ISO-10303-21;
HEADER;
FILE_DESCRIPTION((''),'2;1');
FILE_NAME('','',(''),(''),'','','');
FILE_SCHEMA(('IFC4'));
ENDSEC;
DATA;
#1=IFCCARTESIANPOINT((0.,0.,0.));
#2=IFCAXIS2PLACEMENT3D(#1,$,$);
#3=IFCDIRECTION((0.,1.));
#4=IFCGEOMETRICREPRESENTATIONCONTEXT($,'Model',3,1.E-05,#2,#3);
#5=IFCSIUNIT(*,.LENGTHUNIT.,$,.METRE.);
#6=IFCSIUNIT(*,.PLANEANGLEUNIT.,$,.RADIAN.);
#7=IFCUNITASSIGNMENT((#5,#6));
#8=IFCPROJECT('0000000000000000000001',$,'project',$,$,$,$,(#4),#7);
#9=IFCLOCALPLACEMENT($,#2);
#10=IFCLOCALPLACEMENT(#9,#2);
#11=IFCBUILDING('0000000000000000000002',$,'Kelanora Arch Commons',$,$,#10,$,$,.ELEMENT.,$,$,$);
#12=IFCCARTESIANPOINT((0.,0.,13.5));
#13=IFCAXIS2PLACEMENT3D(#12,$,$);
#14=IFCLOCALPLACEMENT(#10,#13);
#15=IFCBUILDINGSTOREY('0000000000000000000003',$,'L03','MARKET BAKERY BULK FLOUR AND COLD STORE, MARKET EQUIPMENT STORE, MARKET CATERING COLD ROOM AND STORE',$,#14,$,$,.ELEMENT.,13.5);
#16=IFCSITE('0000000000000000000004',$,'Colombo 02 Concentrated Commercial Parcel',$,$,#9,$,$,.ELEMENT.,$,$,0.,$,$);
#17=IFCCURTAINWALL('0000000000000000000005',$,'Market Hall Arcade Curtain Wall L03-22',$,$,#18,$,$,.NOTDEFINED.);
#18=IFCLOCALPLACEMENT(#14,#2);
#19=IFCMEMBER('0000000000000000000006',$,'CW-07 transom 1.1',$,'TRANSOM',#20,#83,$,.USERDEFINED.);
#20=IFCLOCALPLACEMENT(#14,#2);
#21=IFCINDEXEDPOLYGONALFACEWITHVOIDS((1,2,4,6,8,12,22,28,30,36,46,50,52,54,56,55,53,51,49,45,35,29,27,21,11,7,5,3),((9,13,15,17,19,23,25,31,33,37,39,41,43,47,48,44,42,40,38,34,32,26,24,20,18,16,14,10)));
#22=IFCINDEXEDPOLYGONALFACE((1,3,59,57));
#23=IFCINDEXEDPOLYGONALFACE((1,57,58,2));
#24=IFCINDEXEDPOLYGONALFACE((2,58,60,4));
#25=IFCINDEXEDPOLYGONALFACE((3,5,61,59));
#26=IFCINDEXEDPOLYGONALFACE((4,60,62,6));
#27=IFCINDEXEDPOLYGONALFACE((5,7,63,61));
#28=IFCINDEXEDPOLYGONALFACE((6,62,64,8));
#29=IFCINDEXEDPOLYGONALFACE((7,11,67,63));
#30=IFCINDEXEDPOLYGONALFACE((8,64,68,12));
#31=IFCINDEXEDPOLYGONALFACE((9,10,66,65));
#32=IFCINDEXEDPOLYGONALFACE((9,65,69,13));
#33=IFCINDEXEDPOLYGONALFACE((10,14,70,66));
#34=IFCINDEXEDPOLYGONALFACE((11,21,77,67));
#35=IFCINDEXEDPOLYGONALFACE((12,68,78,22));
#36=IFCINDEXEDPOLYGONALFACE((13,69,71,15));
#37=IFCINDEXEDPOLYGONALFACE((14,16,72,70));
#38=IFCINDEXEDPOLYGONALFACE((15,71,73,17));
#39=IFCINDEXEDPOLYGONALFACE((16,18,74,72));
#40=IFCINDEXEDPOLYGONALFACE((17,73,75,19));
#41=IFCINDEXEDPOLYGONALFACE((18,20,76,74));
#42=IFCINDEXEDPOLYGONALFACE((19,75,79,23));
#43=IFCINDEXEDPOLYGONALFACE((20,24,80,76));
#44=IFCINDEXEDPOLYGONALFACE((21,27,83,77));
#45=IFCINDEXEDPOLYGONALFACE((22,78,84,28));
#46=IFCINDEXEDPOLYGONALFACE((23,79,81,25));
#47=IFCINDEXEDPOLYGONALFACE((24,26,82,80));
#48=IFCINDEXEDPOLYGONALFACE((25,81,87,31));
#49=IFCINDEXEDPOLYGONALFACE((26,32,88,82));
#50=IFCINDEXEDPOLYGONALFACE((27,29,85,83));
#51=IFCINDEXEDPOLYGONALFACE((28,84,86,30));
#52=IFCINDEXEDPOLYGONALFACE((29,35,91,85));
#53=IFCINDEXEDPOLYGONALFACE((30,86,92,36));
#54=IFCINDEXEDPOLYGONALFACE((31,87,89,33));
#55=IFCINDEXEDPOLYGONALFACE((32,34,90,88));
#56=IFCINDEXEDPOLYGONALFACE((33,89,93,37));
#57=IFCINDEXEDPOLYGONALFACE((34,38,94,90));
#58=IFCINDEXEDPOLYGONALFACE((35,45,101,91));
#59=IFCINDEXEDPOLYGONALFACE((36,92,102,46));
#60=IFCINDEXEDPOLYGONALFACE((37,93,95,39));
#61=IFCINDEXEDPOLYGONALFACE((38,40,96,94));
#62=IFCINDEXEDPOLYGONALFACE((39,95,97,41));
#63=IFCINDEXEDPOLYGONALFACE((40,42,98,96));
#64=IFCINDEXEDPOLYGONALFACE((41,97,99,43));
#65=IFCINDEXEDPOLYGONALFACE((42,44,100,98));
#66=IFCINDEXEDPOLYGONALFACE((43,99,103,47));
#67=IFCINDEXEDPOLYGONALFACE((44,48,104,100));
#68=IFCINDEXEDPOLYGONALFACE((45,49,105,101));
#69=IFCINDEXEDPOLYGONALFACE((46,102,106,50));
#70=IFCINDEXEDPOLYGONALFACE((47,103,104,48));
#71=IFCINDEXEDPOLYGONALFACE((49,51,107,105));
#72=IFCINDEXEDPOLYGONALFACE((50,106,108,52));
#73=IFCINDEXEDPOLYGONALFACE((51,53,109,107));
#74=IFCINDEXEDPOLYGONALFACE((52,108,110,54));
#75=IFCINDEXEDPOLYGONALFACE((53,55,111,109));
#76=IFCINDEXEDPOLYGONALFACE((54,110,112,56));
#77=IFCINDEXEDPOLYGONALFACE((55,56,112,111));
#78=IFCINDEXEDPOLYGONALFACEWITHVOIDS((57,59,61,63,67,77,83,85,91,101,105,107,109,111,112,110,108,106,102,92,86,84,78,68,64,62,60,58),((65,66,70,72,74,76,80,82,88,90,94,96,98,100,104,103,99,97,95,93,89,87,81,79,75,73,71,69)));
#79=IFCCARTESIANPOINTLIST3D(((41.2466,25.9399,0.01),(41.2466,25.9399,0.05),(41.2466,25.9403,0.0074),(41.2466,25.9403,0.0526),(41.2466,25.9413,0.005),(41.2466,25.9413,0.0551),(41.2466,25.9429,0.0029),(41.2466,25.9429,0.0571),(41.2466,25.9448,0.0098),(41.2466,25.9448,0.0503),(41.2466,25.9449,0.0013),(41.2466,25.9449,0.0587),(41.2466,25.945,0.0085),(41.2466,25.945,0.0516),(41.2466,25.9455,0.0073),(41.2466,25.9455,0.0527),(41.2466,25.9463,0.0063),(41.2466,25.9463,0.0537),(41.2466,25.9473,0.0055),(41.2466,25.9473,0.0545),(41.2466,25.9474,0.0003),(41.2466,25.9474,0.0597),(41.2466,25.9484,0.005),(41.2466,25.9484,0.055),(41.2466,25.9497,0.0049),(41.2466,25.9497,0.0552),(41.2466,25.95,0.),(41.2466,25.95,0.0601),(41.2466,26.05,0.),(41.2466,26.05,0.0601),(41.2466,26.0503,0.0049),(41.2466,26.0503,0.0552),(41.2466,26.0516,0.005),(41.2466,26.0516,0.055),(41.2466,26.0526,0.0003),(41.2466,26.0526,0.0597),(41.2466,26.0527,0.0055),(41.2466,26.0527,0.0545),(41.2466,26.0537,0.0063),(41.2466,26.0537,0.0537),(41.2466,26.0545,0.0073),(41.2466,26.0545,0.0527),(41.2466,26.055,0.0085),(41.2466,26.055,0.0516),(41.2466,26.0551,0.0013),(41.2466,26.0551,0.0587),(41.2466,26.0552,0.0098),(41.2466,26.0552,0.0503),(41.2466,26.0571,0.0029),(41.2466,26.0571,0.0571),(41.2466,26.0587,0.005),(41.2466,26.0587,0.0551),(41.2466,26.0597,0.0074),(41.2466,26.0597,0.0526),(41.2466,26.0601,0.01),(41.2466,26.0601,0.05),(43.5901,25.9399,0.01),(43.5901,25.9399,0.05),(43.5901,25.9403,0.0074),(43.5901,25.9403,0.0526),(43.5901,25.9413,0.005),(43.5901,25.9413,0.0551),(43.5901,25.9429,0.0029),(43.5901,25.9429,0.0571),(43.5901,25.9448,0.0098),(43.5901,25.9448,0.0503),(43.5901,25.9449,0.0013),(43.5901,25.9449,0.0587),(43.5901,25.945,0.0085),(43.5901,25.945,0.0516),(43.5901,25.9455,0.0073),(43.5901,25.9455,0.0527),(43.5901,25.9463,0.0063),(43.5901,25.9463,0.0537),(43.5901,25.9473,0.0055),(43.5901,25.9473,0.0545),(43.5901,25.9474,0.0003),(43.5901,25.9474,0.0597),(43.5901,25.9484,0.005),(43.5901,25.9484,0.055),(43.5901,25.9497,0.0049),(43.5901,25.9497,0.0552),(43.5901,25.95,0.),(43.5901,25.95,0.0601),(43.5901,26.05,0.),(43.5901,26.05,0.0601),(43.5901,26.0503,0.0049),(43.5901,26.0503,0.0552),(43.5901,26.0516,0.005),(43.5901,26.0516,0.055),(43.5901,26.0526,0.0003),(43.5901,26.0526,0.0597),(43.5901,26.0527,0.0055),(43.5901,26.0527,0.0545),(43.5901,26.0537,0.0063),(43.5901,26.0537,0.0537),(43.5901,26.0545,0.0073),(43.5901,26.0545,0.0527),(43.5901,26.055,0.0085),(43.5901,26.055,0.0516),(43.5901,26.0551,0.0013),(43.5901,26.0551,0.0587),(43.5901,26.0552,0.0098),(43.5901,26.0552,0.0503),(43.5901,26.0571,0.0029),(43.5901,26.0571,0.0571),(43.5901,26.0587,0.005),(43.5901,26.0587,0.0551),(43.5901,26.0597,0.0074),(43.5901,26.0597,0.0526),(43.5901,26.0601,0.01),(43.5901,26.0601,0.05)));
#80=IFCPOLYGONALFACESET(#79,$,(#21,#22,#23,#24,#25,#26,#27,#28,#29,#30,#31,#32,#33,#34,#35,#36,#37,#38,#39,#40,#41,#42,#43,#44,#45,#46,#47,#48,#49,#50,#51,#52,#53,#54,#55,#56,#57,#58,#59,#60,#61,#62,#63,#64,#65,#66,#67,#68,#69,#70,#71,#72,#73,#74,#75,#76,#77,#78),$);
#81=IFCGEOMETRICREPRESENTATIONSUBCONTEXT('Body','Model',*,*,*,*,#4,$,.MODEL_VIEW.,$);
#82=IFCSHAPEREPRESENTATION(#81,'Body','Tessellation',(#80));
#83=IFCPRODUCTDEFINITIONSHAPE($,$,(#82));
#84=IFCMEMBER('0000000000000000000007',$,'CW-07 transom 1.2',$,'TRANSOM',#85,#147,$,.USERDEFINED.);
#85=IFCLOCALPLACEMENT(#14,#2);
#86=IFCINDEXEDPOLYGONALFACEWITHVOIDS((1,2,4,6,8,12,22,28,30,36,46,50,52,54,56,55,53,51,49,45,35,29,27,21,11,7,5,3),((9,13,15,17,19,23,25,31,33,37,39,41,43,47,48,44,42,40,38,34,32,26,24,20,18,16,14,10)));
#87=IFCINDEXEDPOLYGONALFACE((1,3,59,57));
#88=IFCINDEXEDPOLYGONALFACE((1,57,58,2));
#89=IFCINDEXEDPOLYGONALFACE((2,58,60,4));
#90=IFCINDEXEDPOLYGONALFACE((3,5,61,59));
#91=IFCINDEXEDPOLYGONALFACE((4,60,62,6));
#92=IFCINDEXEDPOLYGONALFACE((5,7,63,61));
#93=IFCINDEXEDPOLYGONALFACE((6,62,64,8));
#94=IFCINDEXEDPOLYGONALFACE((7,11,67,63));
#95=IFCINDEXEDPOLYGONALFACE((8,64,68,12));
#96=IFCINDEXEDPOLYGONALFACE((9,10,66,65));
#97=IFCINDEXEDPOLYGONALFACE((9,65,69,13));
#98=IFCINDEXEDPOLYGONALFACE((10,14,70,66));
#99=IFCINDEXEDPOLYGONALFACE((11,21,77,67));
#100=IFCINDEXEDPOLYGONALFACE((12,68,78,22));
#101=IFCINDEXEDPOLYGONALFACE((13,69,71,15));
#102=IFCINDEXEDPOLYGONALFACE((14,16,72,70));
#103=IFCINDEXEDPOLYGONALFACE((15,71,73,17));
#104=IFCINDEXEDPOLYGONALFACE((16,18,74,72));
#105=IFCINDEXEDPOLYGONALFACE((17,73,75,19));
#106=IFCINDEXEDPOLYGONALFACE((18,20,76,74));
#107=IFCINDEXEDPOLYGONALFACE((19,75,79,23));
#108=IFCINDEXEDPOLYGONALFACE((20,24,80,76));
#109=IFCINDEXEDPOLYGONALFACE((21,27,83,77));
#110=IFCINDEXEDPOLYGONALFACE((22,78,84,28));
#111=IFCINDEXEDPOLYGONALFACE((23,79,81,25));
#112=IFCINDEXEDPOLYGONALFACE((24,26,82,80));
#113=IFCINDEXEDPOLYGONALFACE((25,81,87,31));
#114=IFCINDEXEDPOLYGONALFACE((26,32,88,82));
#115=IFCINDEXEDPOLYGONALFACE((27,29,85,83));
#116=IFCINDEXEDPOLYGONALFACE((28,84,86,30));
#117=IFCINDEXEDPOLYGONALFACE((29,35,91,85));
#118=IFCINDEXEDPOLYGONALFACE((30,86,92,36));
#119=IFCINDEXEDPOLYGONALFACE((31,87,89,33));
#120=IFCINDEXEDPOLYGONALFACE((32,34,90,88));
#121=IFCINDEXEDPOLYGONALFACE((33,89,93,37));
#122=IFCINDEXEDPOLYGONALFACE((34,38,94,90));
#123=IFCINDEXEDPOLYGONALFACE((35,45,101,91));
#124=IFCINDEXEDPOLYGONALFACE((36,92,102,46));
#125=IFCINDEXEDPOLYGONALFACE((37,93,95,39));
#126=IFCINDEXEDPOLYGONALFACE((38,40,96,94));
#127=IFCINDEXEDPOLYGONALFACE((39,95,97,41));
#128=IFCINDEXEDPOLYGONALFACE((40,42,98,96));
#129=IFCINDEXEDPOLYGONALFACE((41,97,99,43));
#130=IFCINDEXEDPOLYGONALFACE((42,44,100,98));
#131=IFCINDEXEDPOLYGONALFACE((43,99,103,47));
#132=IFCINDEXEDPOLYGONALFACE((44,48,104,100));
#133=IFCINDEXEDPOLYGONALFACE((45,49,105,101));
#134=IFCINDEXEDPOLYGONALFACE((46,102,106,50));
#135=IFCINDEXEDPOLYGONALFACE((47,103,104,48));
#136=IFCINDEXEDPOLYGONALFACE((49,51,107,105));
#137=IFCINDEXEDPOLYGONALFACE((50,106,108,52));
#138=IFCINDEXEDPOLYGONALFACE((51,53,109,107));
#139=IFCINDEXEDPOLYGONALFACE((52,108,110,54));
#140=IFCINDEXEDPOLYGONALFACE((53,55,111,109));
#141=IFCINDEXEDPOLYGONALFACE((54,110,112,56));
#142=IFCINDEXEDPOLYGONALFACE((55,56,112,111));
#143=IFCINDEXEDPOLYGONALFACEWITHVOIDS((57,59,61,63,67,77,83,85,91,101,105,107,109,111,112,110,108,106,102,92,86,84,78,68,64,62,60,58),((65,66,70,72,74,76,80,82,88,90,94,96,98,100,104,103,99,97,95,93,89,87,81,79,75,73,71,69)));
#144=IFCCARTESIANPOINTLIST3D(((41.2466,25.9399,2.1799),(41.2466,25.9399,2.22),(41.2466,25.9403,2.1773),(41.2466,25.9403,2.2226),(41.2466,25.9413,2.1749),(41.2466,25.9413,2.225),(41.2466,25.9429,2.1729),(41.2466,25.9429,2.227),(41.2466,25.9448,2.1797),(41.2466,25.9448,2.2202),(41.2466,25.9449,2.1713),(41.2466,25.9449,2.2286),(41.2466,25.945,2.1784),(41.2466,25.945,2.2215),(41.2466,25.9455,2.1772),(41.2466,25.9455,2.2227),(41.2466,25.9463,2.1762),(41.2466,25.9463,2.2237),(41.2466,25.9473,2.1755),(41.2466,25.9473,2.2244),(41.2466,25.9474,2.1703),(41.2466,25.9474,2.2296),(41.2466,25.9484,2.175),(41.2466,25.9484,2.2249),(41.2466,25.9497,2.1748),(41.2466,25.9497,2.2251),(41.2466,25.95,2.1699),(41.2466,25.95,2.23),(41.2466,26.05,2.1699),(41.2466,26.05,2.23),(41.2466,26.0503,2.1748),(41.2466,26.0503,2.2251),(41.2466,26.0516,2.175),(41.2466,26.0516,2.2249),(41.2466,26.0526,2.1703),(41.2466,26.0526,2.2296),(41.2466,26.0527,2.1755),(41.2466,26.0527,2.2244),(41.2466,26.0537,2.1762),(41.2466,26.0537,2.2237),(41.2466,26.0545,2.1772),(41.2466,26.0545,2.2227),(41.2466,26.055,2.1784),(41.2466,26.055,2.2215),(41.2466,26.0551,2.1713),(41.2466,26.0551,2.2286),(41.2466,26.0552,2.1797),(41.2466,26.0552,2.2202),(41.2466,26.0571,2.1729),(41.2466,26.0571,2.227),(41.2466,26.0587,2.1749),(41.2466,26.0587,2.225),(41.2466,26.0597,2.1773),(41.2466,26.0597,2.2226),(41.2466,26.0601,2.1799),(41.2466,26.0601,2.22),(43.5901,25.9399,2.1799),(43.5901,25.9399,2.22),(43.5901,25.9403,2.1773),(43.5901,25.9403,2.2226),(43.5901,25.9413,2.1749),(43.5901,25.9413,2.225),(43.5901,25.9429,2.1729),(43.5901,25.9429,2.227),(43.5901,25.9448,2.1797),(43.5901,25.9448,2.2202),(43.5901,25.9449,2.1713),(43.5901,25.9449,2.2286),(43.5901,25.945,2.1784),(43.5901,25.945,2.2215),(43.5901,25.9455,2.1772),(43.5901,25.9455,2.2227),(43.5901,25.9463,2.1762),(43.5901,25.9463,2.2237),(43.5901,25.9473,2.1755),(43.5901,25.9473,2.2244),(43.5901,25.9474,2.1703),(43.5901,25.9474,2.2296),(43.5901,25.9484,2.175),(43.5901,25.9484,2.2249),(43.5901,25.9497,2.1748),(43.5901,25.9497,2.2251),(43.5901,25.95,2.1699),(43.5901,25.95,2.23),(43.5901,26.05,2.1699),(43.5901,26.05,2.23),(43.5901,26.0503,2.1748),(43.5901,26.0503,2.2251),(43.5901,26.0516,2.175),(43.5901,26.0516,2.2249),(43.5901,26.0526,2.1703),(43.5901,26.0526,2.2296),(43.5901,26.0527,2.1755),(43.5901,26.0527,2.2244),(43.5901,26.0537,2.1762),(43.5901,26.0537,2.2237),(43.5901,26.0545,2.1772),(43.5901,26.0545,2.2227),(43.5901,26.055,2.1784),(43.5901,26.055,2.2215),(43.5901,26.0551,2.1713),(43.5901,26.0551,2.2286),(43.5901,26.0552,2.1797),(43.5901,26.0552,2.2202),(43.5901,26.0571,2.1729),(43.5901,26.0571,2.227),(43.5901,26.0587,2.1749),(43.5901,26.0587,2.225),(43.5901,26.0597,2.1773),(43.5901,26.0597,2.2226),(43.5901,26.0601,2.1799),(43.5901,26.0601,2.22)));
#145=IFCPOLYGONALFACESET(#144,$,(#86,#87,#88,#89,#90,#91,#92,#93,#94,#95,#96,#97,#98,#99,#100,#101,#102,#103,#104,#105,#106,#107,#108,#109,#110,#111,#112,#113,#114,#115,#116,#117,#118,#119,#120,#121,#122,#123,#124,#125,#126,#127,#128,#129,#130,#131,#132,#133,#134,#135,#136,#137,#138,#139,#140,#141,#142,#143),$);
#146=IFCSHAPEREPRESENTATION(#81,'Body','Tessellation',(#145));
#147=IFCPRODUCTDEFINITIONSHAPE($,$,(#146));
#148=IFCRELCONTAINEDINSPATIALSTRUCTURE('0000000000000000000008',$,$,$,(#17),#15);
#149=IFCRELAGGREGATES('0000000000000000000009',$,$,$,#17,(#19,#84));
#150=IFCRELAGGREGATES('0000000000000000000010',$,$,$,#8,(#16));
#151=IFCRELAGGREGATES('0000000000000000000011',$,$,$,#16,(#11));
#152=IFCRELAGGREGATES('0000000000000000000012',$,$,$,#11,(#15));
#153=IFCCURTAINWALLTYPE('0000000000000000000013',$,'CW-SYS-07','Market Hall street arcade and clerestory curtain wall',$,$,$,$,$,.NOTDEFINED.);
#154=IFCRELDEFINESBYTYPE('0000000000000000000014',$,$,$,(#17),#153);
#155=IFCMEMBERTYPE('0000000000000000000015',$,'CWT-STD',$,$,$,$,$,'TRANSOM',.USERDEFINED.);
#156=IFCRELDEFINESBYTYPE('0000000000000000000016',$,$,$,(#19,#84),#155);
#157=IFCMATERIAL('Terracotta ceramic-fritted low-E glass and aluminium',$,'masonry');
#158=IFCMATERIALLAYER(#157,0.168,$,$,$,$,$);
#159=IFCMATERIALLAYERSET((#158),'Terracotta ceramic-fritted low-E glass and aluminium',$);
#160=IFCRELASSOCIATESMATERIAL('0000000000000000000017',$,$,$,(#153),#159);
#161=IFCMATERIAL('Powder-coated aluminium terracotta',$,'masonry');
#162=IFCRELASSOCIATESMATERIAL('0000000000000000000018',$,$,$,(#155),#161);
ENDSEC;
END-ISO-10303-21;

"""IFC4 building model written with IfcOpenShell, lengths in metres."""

from ifc_helpers import new_model, si_unit, direction, frame, origin, origin_2d, place, context, subcontext, project, spatial, hollow_rectangle, extrude, material, layer, layer_set, material_profile, profile_set, type_object, element, aggregate, save


model = new_model("IFC4")

# Units and contexts
model_context = context("Model", 3, precision=1e-05, world=origin(), true_north=direction((0.0, 1.0)))
body_context = subcontext(model_context, "Body", "Model", "MODEL_VIEW")
ifc_project = project(units=[si_unit("LENGTHUNIT", "METRE"), si_unit("PLANEANGLEUNIT", "RADIAN")], contexts=[model_context])

# Site, building, storey
site_placement = place(None, origin())
site = spatial("IfcSite", under=ifc_project, at=site_placement, Name="Colombo 02 Concentrated Commercial Parcel", CompositionType="ELEMENT", RefElevation=0.0)
building_placement = place(site_placement, origin())
building = spatial("IfcBuilding", under=site, at=building_placement, Name="Kelanora Arch Commons", CompositionType="ELEMENT")
storey_placement = place(building_placement, frame((0.0, 0.0, 13.5)))
storey = spatial("IfcBuildingStorey", under=building, at=storey_placement, Name="L03", Description="MARKET BAKERY BULK FLOUR AND COLD STORE, MARKET EQUIPMENT STORE, MARKET CATERING COLD ROOM AND STORE", CompositionType="ELEMENT", Elevation=13.5)

# Curtain wall, members
ifc_material_1 = material(Name="Terracotta ceramic-fritted low-E glass and aluminium", Category="masonry")
ifc_layer_1 = layer(ifc_material_1, 0.168)
ifc_layer_set_1 = layer_set([ifc_layer_1], Name="Terracotta ceramic-fritted low-E glass and aluminium")
curtain_wall_type = type_object("IfcCurtainWallType", Name="CW-SYS-07", Description="Market Hall street arcade and clerestory curtain wall", PredefinedType="NOTDEFINED", material=ifc_layer_set_1)
curtain_wall_placement = place(storey_placement, origin())
curtain_wall = element("IfcCurtainWall", 1, at=curtain_wall_placement, inside=storey, type_object=curtain_wall_type, Name="Market Hall Arcade Curtain Wall L03-22", PredefinedType="NOTDEFINED")
ifc_material_2 = material(Name="Powder-coated aluminium terracotta", Category="masonry")
ifc_material_profile_1 = material_profile(ifc_material_2, hollow_rectangle(XDim=0.1201, YDim=0.0601, WallThickness=0.0049, InnerFilletRadius=0.0049, OuterFilletRadius=0.01, at=origin_2d()), Name="CWT120x60")
ifc_profile_set_1 = profile_set([ifc_material_profile_1], Name="Powder-coated aluminium terracotta")
member_type_1 = type_object("IfcMemberType", Name="CWT-STD", ElementType="TRANSOM", PredefinedType="USERDEFINED", material=ifc_profile_set_1)
member_1_placement = place(storey_placement, frame((43.5901, 26.0, 0.03), z_axis=(-1.0, 0.0, 0.0), x_axis=(0.0, -1.0, 0.0)))
member_1 = element("IfcMember", 2, at=member_1_placement, type_object=member_type_1, Name="CW-07 transom 1.1", ObjectType="TRANSOM", PredefinedType="USERDEFINED", context=body_context, shape_type="SweptSolid", body=[
    extrude(hollow_rectangle(XDim=0.1201, YDim=0.0601, WallThickness=0.0049, InnerFilletRadius=0.0049, OuterFilletRadius=0.01, at=origin_2d()), origin(), (0.0, 0.0, 1.0), 2.3435),
])
member_2_placement = place(storey_placement, frame((43.5901, 26.0, 2.2), z_axis=(-1.0, 0.0, 0.0), x_axis=(0.0, -1.0, 0.0)))
member_2 = element("IfcMember", 3, at=member_2_placement, type_object=member_type_1, Name="CW-07 transom 1.2", ObjectType="TRANSOM", PredefinedType="USERDEFINED", context=body_context, shape_type="SweptSolid", body=[
    extrude(hollow_rectangle(XDim=0.1201, YDim=0.0601, WallThickness=0.0049, InnerFilletRadius=0.0049, OuterFilletRadius=0.01, at=origin_2d()), origin(), (0.0, 0.0, 1.0), 2.3435),
])
aggregate(curtain_wall, [member_1, member_2])

save(model, "model.ifc")
